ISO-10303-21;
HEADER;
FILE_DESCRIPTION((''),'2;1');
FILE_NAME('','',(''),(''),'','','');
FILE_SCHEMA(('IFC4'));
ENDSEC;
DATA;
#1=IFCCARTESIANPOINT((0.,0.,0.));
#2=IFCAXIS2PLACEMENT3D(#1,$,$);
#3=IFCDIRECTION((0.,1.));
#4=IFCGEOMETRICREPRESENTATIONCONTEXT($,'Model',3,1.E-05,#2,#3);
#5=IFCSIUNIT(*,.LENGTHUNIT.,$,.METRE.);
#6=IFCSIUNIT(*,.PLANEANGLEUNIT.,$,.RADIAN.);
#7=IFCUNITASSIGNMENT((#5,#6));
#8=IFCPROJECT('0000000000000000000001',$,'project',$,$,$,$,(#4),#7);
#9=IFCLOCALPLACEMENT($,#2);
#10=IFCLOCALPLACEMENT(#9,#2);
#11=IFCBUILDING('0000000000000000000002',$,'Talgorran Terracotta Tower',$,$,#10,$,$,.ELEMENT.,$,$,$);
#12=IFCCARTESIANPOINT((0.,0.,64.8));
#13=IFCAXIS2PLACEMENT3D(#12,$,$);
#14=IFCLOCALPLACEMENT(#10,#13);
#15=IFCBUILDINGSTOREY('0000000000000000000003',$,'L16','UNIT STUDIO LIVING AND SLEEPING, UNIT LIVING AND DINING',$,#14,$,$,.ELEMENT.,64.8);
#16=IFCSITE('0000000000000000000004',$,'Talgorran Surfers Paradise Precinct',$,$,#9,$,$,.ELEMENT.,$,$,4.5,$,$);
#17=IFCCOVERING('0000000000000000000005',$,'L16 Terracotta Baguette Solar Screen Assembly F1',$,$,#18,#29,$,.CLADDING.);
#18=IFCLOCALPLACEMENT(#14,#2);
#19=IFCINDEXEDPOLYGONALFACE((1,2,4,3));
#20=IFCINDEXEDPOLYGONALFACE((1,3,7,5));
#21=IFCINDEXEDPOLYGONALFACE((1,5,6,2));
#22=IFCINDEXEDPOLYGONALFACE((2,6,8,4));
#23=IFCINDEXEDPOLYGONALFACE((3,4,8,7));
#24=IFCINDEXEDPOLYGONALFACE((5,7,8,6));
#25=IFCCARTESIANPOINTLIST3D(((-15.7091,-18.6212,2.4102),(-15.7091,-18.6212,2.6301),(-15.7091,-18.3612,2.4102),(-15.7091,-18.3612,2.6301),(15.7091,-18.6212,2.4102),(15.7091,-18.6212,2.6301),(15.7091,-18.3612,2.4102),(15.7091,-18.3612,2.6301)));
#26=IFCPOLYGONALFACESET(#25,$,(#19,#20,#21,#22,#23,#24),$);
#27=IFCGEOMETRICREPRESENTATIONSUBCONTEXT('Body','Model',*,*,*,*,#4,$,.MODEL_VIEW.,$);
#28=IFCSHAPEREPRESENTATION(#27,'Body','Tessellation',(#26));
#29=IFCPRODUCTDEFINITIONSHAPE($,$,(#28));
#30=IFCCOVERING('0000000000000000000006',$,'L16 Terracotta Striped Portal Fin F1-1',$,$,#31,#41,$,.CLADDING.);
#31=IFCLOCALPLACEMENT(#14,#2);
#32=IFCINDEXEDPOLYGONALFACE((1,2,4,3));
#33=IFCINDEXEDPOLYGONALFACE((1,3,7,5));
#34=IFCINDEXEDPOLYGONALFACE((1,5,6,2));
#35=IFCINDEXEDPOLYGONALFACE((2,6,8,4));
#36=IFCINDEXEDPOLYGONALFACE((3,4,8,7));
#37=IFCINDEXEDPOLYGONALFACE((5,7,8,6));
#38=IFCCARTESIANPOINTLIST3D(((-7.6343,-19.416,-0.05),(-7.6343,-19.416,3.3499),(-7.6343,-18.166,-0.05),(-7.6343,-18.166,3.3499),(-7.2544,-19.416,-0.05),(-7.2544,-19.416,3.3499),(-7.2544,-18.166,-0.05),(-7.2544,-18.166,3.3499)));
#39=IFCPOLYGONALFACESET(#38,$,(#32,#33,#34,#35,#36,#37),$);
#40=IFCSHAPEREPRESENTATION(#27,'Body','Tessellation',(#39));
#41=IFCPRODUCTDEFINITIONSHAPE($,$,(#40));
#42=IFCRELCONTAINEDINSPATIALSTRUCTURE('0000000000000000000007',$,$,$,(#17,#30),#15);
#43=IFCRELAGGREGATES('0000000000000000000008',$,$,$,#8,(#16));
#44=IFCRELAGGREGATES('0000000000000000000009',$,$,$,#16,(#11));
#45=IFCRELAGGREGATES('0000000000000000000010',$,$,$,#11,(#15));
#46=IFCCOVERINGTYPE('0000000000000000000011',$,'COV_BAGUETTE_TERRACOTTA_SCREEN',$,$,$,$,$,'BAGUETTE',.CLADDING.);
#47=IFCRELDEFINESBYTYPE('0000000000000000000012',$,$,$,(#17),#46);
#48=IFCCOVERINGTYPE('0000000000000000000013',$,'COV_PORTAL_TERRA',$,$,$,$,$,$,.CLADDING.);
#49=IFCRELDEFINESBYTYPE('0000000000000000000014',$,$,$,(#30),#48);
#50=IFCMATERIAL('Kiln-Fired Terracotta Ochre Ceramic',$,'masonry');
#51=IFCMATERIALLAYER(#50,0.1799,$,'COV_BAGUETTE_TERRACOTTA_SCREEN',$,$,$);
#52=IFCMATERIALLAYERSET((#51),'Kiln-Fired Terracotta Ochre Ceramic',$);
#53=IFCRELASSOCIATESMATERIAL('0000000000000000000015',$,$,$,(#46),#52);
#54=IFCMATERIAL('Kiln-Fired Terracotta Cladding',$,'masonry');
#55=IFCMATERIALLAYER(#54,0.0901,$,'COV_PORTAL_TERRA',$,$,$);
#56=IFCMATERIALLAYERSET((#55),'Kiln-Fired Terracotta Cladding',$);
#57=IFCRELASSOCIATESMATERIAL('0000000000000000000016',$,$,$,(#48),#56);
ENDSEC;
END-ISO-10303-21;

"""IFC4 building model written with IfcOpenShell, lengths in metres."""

from ifc_helpers import new_model, si_unit, direction, frame, origin, origin_2d, place, context, subcontext, project, spatial, rectangle, extrude, material, layer, layer_set, type_object, element, save


model = new_model("IFC4")

# Units and contexts
model_context = context("Model", 3, precision=1e-05, world=origin(), true_north=direction((0.0, 1.0)))
body_context = subcontext(model_context, "Body", "Model", "MODEL_VIEW")
ifc_project = project(units=[si_unit("LENGTHUNIT", "METRE"), si_unit("PLANEANGLEUNIT", "RADIAN")], contexts=[model_context])

# Site, building, storey
site_placement = place(None, origin())
site = spatial("IfcSite", under=ifc_project, at=site_placement, Name="Talgorran Surfers Paradise Precinct", CompositionType="ELEMENT", RefElevation=4.5)
building_placement = place(site_placement, origin())
building = spatial("IfcBuilding", under=site, at=building_placement, Name="Talgorran Terracotta Tower", CompositionType="ELEMENT")
storey_placement = place(building_placement, frame((0.0, 0.0, 64.8)))
storey = spatial("IfcBuildingStorey", under=building, at=storey_placement, Name="L16", Description="UNIT STUDIO LIVING AND SLEEPING, UNIT LIVING AND DINING", CompositionType="ELEMENT", Elevation=64.8)

# Coverings
ifc_material_1 = material(Name="Kiln-Fired Terracotta Ochre Ceramic", Category="masonry")
ifc_layer_1 = layer(ifc_material_1, 0.1799, Name="COV_BAGUETTE_TERRACOTTA_SCREEN")
ifc_layer_set_1 = layer_set([ifc_layer_1], Name="Kiln-Fired Terracotta Ochre Ceramic")
covering_type_1 = type_object("IfcCoveringType", Name="COV_BAGUETTE_TERRACOTTA_SCREEN", ElementType="BAGUETTE", PredefinedType="CLADDING", material=ifc_layer_set_1)
covering_1_placement = place(storey_placement, frame((0.0, -18.4912, 2.4102), z_axis=(0.0, 0.0, 1.0), x_axis=(1.0, 0.0, 0.0)))
element("IfcCovering", 1, at=covering_1_placement, inside=storey, type_object=covering_type_1, Name="L16 Terracotta Baguette Solar Screen Assembly F1", PredefinedType="CLADDING", context=body_context, shape_type="SweptSolid", body=[
    extrude(rectangle(XDim=31.4182, YDim=0.26, at=origin_2d()), origin(), (0.0, 0.0, 1.0), 0.22),
])
ifc_material_2 = material(Name="Kiln-Fired Terracotta Cladding", Category="masonry")
ifc_layer_2 = layer(ifc_material_2, 0.0901, Name="COV_PORTAL_TERRA")
ifc_layer_set_2 = layer_set([ifc_layer_2], Name="Kiln-Fired Terracotta Cladding")
covering_type_2 = type_object("IfcCoveringType", Name="COV_PORTAL_TERRA", PredefinedType="CLADDING", material=ifc_layer_set_2)
covering_2_placement = place(storey_placement, frame((-7.4443, -18.791, -0.05), z_axis=(0.0, 0.0, 1.0), x_axis=(1.0, 0.0, 0.0)))
element("IfcCovering", 2, at=covering_2_placement, inside=storey, type_object=covering_type_2, Name="L16 Terracotta Striped Portal Fin F1-1", PredefinedType="CLADDING", context=body_context, shape_type="SweptSolid", body=[
    extrude(rectangle(XDim=0.3799, YDim=1.25, at=origin_2d()), origin(), (0.0, 0.0, 1.0), 3.3999),
])

save(model, "model.ifc")
